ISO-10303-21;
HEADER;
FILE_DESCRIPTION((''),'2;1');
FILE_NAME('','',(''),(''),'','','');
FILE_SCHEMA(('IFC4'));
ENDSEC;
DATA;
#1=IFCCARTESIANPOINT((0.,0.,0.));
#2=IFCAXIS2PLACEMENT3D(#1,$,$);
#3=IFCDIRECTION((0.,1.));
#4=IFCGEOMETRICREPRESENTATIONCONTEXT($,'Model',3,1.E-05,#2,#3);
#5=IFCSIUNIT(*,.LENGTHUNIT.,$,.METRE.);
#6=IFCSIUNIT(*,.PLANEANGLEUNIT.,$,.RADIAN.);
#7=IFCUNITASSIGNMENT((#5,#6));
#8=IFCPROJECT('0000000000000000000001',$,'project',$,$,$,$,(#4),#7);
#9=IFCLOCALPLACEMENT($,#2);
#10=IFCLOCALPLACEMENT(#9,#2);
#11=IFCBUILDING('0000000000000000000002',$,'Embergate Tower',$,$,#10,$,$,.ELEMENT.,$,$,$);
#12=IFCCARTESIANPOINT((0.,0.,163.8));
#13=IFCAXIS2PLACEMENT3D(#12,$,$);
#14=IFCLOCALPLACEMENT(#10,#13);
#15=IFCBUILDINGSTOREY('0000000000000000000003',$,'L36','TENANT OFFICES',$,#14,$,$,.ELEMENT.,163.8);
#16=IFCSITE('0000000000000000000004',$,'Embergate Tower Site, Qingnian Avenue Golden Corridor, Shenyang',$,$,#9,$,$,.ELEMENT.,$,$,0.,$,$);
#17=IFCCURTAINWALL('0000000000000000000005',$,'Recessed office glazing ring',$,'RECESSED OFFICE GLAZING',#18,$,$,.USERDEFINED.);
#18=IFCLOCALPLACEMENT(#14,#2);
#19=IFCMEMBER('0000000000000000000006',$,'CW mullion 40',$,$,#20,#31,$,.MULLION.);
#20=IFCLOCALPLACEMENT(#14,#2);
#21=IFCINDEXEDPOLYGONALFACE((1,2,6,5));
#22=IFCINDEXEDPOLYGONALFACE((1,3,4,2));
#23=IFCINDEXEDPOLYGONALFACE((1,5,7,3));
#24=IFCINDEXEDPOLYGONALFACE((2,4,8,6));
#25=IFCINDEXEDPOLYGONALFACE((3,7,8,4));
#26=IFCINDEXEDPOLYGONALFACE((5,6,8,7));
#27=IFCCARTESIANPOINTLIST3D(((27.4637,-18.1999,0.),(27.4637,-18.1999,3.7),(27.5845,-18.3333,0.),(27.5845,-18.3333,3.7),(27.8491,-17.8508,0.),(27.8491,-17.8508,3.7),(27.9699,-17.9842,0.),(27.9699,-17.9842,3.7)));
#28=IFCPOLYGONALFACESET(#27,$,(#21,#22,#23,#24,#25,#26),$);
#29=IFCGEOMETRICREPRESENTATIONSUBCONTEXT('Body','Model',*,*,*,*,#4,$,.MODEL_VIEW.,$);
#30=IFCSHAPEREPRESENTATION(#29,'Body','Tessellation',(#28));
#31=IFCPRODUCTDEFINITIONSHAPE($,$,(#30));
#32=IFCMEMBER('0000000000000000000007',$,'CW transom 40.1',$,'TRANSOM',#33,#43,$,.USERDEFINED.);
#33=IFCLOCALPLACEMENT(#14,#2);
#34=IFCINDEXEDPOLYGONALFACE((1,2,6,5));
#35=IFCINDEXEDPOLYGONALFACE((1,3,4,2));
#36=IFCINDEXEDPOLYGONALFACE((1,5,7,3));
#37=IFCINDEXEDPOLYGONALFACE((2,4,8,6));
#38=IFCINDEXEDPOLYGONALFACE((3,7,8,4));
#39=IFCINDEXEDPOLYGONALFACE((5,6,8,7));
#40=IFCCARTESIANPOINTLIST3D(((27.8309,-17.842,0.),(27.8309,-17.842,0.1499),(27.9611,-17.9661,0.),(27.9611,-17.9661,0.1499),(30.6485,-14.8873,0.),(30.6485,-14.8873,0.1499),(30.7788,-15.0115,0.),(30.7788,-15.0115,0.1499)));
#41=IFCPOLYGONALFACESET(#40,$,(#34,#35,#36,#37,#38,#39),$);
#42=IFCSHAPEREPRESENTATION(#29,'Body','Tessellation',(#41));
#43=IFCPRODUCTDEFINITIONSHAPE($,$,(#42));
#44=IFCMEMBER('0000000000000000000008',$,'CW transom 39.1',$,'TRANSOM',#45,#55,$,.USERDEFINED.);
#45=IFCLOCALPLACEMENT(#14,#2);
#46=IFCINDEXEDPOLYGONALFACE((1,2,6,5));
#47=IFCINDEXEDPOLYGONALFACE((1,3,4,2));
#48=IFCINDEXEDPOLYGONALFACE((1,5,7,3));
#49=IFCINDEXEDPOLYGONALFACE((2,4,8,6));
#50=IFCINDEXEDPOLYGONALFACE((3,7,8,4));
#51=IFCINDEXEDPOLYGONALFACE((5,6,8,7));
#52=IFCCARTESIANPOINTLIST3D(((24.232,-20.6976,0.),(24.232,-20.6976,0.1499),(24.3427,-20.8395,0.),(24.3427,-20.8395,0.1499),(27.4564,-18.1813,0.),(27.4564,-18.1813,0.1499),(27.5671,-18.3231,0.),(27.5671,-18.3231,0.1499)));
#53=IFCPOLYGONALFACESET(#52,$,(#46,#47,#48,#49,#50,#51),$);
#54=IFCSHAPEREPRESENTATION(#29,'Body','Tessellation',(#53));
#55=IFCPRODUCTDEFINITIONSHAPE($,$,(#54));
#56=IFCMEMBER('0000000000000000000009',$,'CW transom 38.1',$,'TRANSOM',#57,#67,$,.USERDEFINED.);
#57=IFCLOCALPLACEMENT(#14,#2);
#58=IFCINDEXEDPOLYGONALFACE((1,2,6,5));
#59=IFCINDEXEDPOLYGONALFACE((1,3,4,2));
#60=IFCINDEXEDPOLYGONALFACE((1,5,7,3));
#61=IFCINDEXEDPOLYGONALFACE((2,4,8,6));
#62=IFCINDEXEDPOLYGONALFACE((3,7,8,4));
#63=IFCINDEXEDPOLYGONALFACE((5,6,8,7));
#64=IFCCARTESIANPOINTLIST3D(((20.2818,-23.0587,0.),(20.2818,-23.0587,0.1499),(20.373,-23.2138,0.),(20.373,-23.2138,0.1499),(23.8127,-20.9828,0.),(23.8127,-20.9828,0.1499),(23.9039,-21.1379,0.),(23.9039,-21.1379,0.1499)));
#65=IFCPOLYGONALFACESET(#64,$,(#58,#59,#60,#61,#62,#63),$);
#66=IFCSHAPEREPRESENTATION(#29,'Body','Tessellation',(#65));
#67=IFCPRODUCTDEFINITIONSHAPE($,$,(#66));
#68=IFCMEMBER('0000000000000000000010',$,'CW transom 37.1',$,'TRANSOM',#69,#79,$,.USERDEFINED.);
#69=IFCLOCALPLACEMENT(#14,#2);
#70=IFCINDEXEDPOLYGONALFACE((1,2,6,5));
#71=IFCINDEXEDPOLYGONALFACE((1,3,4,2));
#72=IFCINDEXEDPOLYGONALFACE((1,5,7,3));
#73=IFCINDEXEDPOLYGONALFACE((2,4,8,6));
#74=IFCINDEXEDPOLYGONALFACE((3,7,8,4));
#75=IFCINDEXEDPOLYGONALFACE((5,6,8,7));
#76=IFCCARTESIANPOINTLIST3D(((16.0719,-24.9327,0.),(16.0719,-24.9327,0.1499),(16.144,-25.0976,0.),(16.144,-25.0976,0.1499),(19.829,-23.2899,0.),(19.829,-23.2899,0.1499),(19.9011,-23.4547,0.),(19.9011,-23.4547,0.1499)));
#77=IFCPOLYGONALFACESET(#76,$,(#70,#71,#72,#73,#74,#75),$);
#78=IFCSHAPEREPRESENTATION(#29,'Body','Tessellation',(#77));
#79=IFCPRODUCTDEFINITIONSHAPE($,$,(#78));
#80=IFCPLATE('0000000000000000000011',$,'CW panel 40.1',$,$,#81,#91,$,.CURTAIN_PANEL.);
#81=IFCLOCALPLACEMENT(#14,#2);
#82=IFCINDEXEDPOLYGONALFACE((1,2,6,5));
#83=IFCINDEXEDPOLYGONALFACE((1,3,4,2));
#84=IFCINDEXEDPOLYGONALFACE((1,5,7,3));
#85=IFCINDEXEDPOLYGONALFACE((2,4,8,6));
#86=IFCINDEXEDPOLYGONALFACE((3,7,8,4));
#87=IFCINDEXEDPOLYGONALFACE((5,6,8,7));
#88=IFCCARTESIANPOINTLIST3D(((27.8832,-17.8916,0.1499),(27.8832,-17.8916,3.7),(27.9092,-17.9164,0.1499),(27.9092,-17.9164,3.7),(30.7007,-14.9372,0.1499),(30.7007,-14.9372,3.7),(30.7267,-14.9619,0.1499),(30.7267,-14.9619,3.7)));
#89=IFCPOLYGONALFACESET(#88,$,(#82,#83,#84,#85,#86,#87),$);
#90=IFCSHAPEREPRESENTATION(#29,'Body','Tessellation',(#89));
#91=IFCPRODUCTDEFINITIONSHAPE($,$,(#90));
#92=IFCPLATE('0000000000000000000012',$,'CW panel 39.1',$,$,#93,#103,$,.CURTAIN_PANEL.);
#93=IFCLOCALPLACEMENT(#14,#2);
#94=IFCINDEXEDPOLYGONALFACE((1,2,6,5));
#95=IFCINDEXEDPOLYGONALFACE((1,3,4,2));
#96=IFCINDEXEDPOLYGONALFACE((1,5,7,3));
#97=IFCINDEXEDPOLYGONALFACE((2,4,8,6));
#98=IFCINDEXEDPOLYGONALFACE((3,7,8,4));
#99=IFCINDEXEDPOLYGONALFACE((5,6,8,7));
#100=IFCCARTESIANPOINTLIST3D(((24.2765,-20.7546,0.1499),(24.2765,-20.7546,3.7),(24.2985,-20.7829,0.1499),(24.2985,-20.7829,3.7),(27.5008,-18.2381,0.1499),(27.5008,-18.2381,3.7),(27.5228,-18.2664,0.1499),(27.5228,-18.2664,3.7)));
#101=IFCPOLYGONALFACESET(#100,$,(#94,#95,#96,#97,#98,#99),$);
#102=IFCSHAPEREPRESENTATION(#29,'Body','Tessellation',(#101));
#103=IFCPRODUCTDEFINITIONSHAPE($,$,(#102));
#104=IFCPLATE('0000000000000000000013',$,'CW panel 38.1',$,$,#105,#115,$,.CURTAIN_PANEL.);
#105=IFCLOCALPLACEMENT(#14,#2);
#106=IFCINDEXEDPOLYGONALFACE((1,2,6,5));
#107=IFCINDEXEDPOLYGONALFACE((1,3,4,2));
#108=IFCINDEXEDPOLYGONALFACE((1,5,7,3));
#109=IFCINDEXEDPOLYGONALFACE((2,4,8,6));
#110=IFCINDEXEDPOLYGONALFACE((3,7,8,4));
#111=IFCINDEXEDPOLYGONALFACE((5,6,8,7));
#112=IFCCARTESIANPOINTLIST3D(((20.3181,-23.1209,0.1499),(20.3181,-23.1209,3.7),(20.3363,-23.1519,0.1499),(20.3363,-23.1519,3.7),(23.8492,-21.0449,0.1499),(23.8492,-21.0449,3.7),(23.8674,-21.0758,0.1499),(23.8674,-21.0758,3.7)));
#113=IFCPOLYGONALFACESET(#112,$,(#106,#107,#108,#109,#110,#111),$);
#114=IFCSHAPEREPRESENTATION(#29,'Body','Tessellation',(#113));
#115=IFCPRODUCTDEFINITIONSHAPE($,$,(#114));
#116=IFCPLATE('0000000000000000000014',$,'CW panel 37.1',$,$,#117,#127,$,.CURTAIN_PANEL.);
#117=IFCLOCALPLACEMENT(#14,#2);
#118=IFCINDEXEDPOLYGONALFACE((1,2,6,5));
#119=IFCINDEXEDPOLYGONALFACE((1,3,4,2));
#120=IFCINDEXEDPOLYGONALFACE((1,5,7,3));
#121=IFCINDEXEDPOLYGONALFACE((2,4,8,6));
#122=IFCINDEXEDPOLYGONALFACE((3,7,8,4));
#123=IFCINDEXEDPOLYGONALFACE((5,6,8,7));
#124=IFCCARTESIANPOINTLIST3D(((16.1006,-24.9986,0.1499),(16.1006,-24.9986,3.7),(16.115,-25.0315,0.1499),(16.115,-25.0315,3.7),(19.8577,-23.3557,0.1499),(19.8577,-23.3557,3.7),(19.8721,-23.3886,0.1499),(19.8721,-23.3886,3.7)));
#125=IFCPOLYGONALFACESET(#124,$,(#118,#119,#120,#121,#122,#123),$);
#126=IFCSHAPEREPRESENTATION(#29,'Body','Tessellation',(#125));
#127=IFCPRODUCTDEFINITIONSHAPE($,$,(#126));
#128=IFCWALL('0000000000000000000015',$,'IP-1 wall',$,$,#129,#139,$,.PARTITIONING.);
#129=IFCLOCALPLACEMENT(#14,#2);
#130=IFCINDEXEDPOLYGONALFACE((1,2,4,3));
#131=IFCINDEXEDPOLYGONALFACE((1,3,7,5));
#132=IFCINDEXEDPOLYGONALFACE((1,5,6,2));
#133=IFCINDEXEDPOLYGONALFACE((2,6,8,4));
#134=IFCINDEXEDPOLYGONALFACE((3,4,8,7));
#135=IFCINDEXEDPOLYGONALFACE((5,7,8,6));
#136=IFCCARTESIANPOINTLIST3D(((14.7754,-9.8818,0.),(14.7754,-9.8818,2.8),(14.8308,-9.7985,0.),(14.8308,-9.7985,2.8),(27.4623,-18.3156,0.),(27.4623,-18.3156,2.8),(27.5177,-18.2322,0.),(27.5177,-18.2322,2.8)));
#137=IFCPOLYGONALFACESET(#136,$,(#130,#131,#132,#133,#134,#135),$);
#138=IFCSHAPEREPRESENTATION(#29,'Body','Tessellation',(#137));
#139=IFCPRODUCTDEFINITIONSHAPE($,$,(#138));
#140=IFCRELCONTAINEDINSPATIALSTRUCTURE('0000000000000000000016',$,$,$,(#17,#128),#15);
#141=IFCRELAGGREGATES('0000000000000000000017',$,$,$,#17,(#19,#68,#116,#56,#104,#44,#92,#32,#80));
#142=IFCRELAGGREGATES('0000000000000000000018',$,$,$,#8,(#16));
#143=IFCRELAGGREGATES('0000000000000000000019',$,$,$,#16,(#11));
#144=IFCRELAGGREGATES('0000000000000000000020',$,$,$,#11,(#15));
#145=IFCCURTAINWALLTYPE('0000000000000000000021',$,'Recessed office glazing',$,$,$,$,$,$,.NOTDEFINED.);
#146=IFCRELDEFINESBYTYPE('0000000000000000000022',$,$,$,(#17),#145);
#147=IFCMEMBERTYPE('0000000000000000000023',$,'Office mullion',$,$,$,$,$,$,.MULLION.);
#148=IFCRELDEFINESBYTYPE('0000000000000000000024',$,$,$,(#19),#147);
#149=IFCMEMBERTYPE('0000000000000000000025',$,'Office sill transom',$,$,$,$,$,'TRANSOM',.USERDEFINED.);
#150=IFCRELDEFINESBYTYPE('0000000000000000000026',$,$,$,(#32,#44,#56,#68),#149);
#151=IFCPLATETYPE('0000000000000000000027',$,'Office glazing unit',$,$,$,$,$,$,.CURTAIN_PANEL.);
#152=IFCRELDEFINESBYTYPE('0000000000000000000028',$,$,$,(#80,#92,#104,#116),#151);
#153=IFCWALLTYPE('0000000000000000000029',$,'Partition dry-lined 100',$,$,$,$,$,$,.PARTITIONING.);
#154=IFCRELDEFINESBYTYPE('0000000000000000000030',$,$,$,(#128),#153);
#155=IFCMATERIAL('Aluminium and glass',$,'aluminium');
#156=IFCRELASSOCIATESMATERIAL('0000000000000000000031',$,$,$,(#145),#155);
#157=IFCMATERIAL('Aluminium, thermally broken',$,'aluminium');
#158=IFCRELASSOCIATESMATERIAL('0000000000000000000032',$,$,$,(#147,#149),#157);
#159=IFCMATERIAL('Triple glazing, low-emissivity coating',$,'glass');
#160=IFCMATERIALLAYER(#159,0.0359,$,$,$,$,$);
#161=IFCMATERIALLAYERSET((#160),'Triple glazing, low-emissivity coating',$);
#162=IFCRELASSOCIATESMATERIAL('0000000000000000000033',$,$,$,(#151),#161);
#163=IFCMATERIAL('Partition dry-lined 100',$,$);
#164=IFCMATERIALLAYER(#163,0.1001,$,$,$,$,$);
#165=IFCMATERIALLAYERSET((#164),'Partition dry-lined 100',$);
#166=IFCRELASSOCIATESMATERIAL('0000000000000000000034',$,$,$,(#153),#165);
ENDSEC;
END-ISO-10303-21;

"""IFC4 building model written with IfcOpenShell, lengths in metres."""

from ifc_helpers import new_model, si_unit, direction, frame, frame_2d, origin, origin_2d, place, context, subcontext, project, spatial, rectangle, extrude, source, transform, mapped, material, layer, layer_set, material_profile, profile_set, type_object, element, aggregate, save


model = new_model("IFC4")

# Units and contexts
model_context = context("Model", 3, precision=1e-05, world=origin(), true_north=direction((0.0, 1.0)))
body_context = subcontext(model_context, "Body", "Model", "MODEL_VIEW")
ifc_project = project(units=[si_unit("LENGTHUNIT", "METRE"), si_unit("PLANEANGLEUNIT", "RADIAN")], contexts=[model_context])

# Site, building, storey
site_placement = place(None, origin())
site = spatial("IfcSite", under=ifc_project, at=site_placement, Name="Embergate Tower Site, Qingnian Avenue Golden Corridor, Shenyang", CompositionType="ELEMENT", RefElevation=0.0)
building_placement = place(site_placement, origin())
building = spatial("IfcBuilding", under=site, at=building_placement, Name="Embergate Tower", CompositionType="ELEMENT")
storey_placement = place(building_placement, frame((0.0, 0.0, 163.8)))
storey = spatial("IfcBuildingStorey", under=building, at=storey_placement, Name="L36", Description="TENANT OFFICES", CompositionType="ELEMENT", Elevation=163.8)

# Curtain wall, members, plates
ifc_material_1 = material(Name="Aluminium and glass", Category="aluminium")
curtain_wall_type = type_object("IfcCurtainWallType", Name="Recessed office glazing", PredefinedType="NOTDEFINED", material=ifc_material_1)
curtain_wall_placement = place(storey_placement, origin())
curtain_wall = element("IfcCurtainWall", 1, at=curtain_wall_placement, inside=storey, type_object=curtain_wall_type, Name="Recessed office glazing ring", ObjectType="RECESSED OFFICE GLAZING", PredefinedType="USERDEFINED")
ifc_material_2 = material(Name="Aluminium, thermally broken", Category="aluminium")
ifc_material_profile_1 = material_profile(ifc_material_2, rectangle(XDim=0.1799, YDim=0.52, at=origin_2d()), Name="AL 520x180")
ifc_profile_set_1 = profile_set([ifc_material_profile_1], Name="Aluminium, thermally broken")
member_type_1 = type_object("IfcMemberType", Name="Office mullion", PredefinedType="MULLION", material=ifc_profile_set_1)
shared_shape_1 = source(origin(), body_context, "Body", "SweptSolid", [
    extrude(rectangle(XDim=0.1799, YDim=0.52, at=origin_2d()), origin(), (0.0, 0.0, 1.0), 3.7),
])
member_1_placement = place(storey_placement, frame((27.7168, -18.092, 0.0), z_axis=(0.0, 0.0, 1.0), x_axis=(-0.671227, 0.741252, 0.0)))
member_1 = element("IfcMember", 2, at=member_1_placement, type_object=member_type_1, Name="CW mullion 40", PredefinedType="MULLION", context=body_context, shape_type="MappedRepresentation", body=[
    mapped(shared_shape_1, transform((0.0, 0.0, 0.0))),
])
ifc_material_profile_2 = material_profile(ifc_material_2, rectangle(XDim=0.1799, YDim=0.1499, at=origin_2d()), Name="AL 150x180")
ifc_profile_set_2 = profile_set([ifc_material_profile_2], Name="Aluminium, thermally broken")
member_type_2 = type_object("IfcMemberType", Name="Office sill transom", ElementType="TRANSOM", PredefinedType="USERDEFINED", material=ifc_profile_set_2)
shared_shape_2 = source(origin(), body_context, "Body", "SweptSolid", [
    extrude(rectangle(XDim=0.1799, YDim=0.1499, at=origin_2d()), origin(), (0.0, 0.0, 1.0), 4.0828),
])
member_2_placement = place(storey_placement, frame((27.896, -17.9041, 0.075), z_axis=(0.690134, 0.723681, 0.0), x_axis=(-0.723681, 0.690134, 0.0)))
member_2 = element("IfcMember", 3, at=member_2_placement, type_object=member_type_2, Name="CW transom 40.1", ObjectType="TRANSOM", PredefinedType="USERDEFINED", context=body_context, shape_type="MappedRepresentation", body=[
    mapped(shared_shape_2, transform((0.0, 0.0, 0.0))),
])
shared_shape_3 = source(origin(), body_context, "Body", "SweptSolid", [
    extrude(rectangle(XDim=0.1799, YDim=0.1499, at=origin_2d()), origin(), (0.0, 0.0, 1.0), 4.0901),
])
member_3_placement = place(storey_placement, frame((24.2874, -20.7686, 0.075), z_axis=(0.788342, 0.615237, 0.0), x_axis=(-0.615237, 0.788342, 0.0)))
member_3 = element("IfcMember", 4, at=member_3_placement, type_object=member_type_2, Name="CW transom 39.1", ObjectType="TRANSOM", PredefinedType="USERDEFINED", context=body_context, shape_type="MappedRepresentation", body=[
    mapped(shared_shape_3, transform((0.0, 0.0, 0.0))),
])
shared_shape_4 = source(origin(), body_context, "Body", "SweptSolid", [
    extrude(rectangle(XDim=0.1799, YDim=0.1499, at=origin_2d()), origin(), (0.0, 0.0, 1.0), 4.0959),
])
member_4_placement = place(storey_placement, frame((20.3274, -23.1362, 0.075), z_axis=(0.862055, 0.506814, 0.0), x_axis=(-0.506814, 0.862055, 0.0)))
member_4 = element("IfcMember", 5, at=member_4_placement, type_object=member_type_2, Name="CW transom 38.1", ObjectType="TRANSOM", PredefinedType="USERDEFINED", context=body_context, shape_type="MappedRepresentation", body=[
    mapped(shared_shape_4, transform((0.0, 0.0, 0.0))),
])
shared_shape_5 = source(origin(), body_context, "Body", "SweptSolid", [
    extrude(rectangle(XDim=0.1799, YDim=0.1499, at=origin_2d()), origin(), (0.0, 0.0, 1.0), 4.1006),
])
member_5_placement = place(storey_placement, frame((16.1079, -25.0151, 0.075), z_axis=(0.916238, 0.400635, 0.0), x_axis=(-0.400635, 0.916238, 0.0)))
member_5 = element("IfcMember", 6, at=member_5_placement, type_object=member_type_2, Name="CW transom 37.1", ObjectType="TRANSOM", PredefinedType="USERDEFINED", context=body_context, shape_type="MappedRepresentation", body=[
    mapped(shared_shape_5, transform((0.0, 0.0, 0.0))),
])
ifc_material_3 = material(Name="Triple glazing, low-emissivity coating", Category="glass")
ifc_layer_1 = layer(ifc_material_3, 0.0359)
ifc_layer_set_1 = layer_set([ifc_layer_1], Name="Triple glazing, low-emissivity coating")
plate_type = type_object("IfcPlateType", Name="Office glazing unit", PredefinedType="CURTAIN_PANEL", material=ifc_layer_set_1)
shared_shape_6 = source(origin(), body_context, "Body", "SweptSolid", [
    extrude(rectangle(XDim=4.0825, YDim=0.0359, at=origin_2d()), origin(), (0.0, 0.0, 1.0), 3.55),
])
plate_1_placement = place(storey_placement, frame((29.3049, -16.4268, 0.1499), z_axis=(0.0, 0.0, 1.0), x_axis=(0.690135, 0.723681, 0.0)))
plate_1 = element("IfcPlate", 7, at=plate_1_placement, type_object=plate_type, Name="CW panel 40.1", PredefinedType="CURTAIN_PANEL", context=body_context, shape_type="MappedRepresentation", body=[
    mapped(shared_shape_6, transform((0.0, 0.0, 0.0))),
])
shared_shape_7 = source(origin(), body_context, "Body", "SweptSolid", [
    extrude(rectangle(XDim=4.0901, YDim=0.0359, at=origin_2d()), origin(), (0.0, 0.0, 1.0), 3.55),
])
plate_2_placement = place(storey_placement, frame((25.8997, -19.5105, 0.1499), z_axis=(0.0, 0.0, 1.0), x_axis=(0.78832, 0.615265, 0.0)))
plate_2 = element("IfcPlate", 8, at=plate_2_placement, type_object=plate_type, Name="CW panel 39.1", PredefinedType="CURTAIN_PANEL", context=body_context, shape_type="MappedRepresentation", body=[
    mapped(shared_shape_7, transform((0.0, 0.0, 0.0))),
])
shared_shape_8 = source(origin(), body_context, "Body", "SweptSolid", [
    extrude(rectangle(XDim=4.0962, YDim=0.0359, at=origin_2d()), origin(), (0.0, 0.0, 1.0), 3.55),
])
plate_3_placement = place(storey_placement, frame((22.0928, -22.0984, 0.1499), z_axis=(0.0, 0.0, 1.0), x_axis=(0.862053, 0.506818, 0.0)))
plate_3 = element("IfcPlate", 9, at=plate_3_placement, type_object=plate_type, Name="CW panel 38.1", PredefinedType="CURTAIN_PANEL", context=body_context, shape_type="MappedRepresentation", body=[
    mapped(shared_shape_8, transform((0.0, 0.0, 0.0))),
])
shared_shape_9 = source(origin(), body_context, "Body", "SweptSolid", [
    extrude(rectangle(XDim=4.1006, YDim=0.0359, at=origin_2d()), origin(), (0.0, 0.0, 1.0), 3.55),
])
plate_4_placement = place(storey_placement, frame((17.9863, -24.1936, 0.1499), z_axis=(0.0, 0.0, 1.0), x_axis=(0.916236, 0.400638, 0.0)))
plate_4 = element("IfcPlate", 10, at=plate_4_placement, type_object=plate_type, Name="CW panel 37.1", PredefinedType="CURTAIN_PANEL", context=body_context, shape_type="MappedRepresentation", body=[
    mapped(shared_shape_9, transform((0.0, 0.0, 0.0))),
])
aggregate(curtain_wall, [member_1, member_5, plate_4, member_4, plate_3, member_3, plate_2, member_2, plate_1])

# Wall
ifc_material_4 = material(Name="Partition dry-lined 100")
ifc_layer_2 = layer(ifc_material_4, 0.1001)
ifc_layer_set_2 = layer_set([ifc_layer_2], Name="Partition dry-lined 100")
wall_type = type_object("IfcWallType", Name="Partition dry-lined 100", PredefinedType="PARTITIONING", material=ifc_layer_set_2)
shared_shape_10 = source(origin(), body_context, "Body", "SweptSolid", [
    extrude(rectangle(XDim=15.2344, YDim=0.1001, at=frame_2d((7.6172, 0.0))), origin(), (0.0, 0.0, 1.0), 2.8),
])
wall_placement = place(storey_placement, frame((27.49, -18.2739, 0.0), z_axis=(0.0, 0.0, 1.0), x_axis=(-0.832782, 0.553601, 0.0)))
element("IfcWall", 11, at=wall_placement, inside=storey, type_object=wall_type, Name="IP-1 wall", PredefinedType="PARTITIONING", context=body_context, shape_type="MappedRepresentation", body=[
    mapped(shared_shape_10, transform((0.0, 0.0, 0.0))),
])

save(model, "model.ifc")
